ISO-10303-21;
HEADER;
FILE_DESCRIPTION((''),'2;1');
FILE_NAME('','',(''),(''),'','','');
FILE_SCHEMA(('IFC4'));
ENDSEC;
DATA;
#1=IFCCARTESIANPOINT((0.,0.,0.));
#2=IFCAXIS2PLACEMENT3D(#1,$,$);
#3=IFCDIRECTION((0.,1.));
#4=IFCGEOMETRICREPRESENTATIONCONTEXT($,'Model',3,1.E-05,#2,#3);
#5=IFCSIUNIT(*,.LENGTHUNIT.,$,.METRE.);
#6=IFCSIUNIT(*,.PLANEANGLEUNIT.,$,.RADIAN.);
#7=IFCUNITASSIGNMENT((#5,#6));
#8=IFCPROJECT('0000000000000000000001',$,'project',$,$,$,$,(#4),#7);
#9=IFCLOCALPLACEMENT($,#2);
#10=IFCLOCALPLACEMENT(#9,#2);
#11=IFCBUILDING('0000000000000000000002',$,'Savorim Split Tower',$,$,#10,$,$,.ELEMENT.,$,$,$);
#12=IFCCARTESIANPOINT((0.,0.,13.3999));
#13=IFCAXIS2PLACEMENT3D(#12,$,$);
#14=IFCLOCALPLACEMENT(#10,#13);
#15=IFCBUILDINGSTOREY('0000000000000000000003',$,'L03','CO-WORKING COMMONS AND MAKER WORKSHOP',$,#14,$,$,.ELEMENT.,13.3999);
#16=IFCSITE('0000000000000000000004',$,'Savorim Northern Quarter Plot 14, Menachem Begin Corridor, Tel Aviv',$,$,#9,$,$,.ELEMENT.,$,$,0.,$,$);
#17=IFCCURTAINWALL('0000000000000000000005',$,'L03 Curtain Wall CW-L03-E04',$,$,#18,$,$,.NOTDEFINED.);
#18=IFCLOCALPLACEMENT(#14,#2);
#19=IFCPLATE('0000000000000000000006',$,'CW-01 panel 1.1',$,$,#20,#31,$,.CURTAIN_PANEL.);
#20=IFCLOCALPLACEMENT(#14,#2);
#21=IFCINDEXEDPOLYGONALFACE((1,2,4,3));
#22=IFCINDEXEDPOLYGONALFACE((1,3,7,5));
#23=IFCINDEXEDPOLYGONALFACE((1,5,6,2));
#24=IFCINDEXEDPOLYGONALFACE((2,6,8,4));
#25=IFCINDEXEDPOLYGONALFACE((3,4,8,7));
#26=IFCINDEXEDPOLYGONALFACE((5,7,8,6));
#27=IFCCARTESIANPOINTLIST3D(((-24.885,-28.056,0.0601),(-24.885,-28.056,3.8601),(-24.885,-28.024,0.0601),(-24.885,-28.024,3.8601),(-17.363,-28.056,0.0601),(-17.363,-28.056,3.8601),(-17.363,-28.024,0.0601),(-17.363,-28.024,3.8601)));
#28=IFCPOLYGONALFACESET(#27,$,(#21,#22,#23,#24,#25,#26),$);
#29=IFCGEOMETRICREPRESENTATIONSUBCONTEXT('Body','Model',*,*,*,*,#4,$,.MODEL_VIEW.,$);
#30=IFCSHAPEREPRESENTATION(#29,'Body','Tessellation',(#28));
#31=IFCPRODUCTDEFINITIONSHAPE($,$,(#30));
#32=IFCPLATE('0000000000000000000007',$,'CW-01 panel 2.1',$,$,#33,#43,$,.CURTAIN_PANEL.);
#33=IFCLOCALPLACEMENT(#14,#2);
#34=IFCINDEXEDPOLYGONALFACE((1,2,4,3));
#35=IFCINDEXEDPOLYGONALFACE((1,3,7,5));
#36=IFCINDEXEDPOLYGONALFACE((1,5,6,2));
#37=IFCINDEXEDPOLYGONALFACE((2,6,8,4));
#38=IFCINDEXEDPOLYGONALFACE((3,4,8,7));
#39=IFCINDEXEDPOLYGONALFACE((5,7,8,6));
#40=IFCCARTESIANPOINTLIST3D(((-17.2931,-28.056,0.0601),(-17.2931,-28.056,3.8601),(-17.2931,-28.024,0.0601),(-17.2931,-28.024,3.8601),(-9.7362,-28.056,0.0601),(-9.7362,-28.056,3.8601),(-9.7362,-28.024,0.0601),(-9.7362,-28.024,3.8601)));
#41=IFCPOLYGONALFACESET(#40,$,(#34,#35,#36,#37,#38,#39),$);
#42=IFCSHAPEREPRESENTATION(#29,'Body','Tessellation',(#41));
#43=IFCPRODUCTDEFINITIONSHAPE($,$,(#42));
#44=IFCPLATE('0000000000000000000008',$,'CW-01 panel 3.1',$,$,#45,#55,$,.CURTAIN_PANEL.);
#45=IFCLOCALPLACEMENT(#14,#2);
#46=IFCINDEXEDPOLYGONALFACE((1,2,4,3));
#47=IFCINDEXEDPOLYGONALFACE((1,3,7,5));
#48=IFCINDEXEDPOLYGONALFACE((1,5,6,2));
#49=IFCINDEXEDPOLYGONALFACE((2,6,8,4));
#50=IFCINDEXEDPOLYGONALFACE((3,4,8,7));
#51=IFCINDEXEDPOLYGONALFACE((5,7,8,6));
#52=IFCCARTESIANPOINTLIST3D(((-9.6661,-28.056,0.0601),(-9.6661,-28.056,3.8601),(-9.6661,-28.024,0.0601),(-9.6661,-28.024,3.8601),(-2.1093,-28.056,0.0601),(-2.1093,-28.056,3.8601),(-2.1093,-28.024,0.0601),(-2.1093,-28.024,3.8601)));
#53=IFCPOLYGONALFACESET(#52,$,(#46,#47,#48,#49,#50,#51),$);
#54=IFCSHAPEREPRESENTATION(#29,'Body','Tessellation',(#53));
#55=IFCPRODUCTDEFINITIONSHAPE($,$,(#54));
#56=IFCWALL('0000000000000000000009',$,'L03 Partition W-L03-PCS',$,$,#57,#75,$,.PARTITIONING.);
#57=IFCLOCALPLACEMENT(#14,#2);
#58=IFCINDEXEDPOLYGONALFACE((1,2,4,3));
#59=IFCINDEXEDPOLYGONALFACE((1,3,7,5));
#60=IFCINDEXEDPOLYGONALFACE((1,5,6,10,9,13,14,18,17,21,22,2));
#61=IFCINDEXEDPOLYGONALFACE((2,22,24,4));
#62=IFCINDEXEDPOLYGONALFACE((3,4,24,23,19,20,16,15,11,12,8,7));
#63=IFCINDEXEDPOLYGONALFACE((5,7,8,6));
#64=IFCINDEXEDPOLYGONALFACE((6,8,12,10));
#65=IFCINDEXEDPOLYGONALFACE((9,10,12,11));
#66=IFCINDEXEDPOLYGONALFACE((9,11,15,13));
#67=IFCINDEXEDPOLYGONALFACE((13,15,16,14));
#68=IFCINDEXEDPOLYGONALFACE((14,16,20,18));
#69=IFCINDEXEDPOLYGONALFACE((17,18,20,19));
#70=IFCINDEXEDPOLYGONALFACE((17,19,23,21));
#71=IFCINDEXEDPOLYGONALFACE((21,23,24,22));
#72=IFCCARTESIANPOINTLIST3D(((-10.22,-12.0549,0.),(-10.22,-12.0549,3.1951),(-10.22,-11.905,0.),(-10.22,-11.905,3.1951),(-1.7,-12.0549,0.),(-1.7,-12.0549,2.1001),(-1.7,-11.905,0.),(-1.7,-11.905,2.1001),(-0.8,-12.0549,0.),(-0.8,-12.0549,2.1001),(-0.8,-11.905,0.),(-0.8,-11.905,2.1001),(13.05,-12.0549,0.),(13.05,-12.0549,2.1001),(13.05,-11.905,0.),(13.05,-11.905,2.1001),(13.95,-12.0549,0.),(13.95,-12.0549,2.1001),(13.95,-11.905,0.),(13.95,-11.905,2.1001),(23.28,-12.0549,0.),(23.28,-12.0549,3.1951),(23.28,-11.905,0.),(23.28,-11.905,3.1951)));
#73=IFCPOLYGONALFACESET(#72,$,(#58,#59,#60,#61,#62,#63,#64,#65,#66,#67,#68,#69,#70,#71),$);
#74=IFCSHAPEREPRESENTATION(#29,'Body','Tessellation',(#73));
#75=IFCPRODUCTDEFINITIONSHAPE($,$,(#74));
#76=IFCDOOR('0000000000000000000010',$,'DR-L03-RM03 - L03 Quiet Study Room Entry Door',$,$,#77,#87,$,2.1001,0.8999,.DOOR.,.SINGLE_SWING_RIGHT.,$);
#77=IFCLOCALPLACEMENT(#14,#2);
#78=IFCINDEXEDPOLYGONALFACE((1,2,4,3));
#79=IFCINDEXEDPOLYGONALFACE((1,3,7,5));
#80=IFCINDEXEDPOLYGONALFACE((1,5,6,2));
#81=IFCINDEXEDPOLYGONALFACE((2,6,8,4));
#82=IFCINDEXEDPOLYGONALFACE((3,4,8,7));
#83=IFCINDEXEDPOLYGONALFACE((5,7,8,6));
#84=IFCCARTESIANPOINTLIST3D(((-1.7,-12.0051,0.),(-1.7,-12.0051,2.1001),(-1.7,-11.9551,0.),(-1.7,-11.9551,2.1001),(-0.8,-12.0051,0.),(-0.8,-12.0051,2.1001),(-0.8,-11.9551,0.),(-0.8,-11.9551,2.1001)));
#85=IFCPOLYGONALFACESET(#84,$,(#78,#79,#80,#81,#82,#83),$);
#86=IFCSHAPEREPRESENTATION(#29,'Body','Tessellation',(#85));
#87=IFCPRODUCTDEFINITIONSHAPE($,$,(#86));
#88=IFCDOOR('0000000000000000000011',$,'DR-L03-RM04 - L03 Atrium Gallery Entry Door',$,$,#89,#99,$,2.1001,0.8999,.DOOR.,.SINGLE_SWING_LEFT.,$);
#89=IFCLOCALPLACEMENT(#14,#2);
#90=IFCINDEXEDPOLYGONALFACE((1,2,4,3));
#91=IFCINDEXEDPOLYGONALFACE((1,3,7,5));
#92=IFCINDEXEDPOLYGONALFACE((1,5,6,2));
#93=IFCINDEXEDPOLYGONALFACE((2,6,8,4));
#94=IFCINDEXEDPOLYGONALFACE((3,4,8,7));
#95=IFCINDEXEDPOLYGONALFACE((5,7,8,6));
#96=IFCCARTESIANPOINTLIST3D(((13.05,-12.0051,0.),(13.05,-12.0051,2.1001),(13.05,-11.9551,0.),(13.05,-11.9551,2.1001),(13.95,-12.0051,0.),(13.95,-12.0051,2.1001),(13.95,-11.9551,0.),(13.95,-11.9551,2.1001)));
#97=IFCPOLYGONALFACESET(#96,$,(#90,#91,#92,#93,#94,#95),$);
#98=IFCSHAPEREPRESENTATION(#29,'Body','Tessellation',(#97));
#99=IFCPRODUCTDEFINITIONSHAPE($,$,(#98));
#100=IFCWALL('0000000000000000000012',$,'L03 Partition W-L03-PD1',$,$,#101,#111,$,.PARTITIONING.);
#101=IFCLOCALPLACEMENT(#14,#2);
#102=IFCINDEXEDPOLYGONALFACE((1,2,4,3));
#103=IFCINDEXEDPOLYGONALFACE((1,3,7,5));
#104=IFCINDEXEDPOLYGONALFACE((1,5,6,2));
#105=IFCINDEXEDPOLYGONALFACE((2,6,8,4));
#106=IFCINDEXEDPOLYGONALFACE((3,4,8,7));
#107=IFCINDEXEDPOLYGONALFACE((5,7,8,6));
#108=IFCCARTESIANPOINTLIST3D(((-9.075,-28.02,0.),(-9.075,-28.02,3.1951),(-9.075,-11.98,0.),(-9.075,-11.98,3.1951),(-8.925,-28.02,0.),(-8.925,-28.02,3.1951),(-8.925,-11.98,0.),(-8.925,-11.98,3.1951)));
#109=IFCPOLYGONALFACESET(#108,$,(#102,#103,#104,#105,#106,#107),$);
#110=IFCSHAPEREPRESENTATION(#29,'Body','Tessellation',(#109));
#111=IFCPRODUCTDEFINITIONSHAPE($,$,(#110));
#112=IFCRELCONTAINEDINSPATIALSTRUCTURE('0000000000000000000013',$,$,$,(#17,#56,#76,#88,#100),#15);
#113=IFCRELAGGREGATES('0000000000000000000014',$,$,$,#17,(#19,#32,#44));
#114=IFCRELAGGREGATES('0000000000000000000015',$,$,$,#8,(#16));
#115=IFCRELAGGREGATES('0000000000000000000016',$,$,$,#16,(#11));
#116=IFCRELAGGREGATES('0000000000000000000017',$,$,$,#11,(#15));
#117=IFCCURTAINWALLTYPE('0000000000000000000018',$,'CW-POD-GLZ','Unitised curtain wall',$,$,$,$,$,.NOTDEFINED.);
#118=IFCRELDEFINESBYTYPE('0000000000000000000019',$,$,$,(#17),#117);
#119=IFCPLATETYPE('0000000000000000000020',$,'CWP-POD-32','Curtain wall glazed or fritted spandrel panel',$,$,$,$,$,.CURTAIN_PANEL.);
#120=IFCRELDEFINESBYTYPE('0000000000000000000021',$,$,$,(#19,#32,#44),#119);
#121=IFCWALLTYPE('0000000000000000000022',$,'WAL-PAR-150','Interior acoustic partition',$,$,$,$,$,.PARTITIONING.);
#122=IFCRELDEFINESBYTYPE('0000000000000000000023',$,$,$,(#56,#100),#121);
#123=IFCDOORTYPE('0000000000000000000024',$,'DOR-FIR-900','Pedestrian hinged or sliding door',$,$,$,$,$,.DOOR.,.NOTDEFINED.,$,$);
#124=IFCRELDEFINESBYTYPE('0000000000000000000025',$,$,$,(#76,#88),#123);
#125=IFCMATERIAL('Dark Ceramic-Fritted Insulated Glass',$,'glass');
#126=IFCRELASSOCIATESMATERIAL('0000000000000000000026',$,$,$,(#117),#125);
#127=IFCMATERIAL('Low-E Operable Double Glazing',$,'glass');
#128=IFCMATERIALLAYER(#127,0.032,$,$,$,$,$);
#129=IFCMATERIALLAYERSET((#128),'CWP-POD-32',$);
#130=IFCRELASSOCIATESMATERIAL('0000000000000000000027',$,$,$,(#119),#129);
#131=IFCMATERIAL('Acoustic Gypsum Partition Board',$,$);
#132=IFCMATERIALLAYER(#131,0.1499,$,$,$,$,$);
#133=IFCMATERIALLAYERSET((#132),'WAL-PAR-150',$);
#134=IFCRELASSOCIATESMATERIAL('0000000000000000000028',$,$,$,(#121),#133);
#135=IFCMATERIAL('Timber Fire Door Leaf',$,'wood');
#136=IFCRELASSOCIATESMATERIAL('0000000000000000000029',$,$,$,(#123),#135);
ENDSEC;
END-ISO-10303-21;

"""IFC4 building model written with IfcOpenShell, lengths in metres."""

from ifc_helpers import new_model, si_unit, direction, frame, frame_2d, origin, origin_2d, place, context, subcontext, project, spatial, rectangle, extrude, material, layer, layer_set, type_object, element, fill, aggregate, save


model = new_model("IFC4")

# Units and contexts
model_context = context("Model", 3, precision=1e-05, world=origin(), true_north=direction((0.0, 1.0)))
body_context = subcontext(model_context, "Body", "Model", "MODEL_VIEW")
ifc_project = project(units=[si_unit("LENGTHUNIT", "METRE"), si_unit("PLANEANGLEUNIT", "RADIAN")], contexts=[model_context])

# Site, building, storey
site_placement = place(None, origin())
site = spatial("IfcSite", under=ifc_project, at=site_placement, Name="Savorim Northern Quarter Plot 14, Menachem Begin Corridor, Tel Aviv", CompositionType="ELEMENT", RefElevation=0.0)
building_placement = place(site_placement, origin())
building = spatial("IfcBuilding", under=site, at=building_placement, Name="Savorim Split Tower", CompositionType="ELEMENT")
storey_placement = place(building_placement, frame((0.0, 0.0, 13.3999)))
storey = spatial("IfcBuildingStorey", under=building, at=storey_placement, Name="L03", Description="CO-WORKING COMMONS AND MAKER WORKSHOP", CompositionType="ELEMENT", Elevation=13.3999)

# Curtain wall, plates
ifc_material_1 = material(Name="Dark Ceramic-Fritted Insulated Glass", Category="glass")
curtain_wall_type = type_object("IfcCurtainWallType", Name="CW-POD-GLZ", Description="Unitised curtain wall", PredefinedType="NOTDEFINED", material=ifc_material_1)
curtain_wall_placement = place(storey_placement, origin())
curtain_wall = element("IfcCurtainWall", 1, at=curtain_wall_placement, inside=storey, type_object=curtain_wall_type, Name="L03 Curtain Wall CW-L03-E04", PredefinedType="NOTDEFINED")
ifc_material_2 = material(Name="Low-E Operable Double Glazing", Category="glass")
ifc_layer_1 = layer(ifc_material_2, 0.032)
ifc_layer_set_1 = layer_set([ifc_layer_1], Name="CWP-POD-32")
plate_type = type_object("IfcPlateType", Name="CWP-POD-32", Description="Curtain wall glazed or fritted spandrel panel", PredefinedType="CURTAIN_PANEL", material=ifc_layer_set_1)
plate_1_placement = place(storey_placement, frame((-21.124, -28.04, 0.0601), z_axis=(0.0, 0.0, 1.0), x_axis=(1.0, 0.0, 0.0)))
plate_1 = element("IfcPlate", 2, at=plate_1_placement, type_object=plate_type, Name="CW-01 panel 1.1", PredefinedType="CURTAIN_PANEL", context=body_context, shape_type="SweptSolid", body=[
    extrude(rectangle(XDim=7.522, YDim=0.032, at=origin_2d()), origin(), (0.0, 0.0, 1.0), 3.8),
])
plate_2_placement = place(storey_placement, frame((-13.5146, -28.04, 0.0601), z_axis=(0.0, 0.0, 1.0), x_axis=(1.0, 0.0, 0.0)))
plate_2 = element("IfcPlate", 3, at=plate_2_placement, type_object=plate_type, Name="CW-01 panel 2.1", PredefinedType="CURTAIN_PANEL", context=body_context, shape_type="SweptSolid", body=[
    extrude(rectangle(XDim=7.5569, YDim=0.032, at=origin_2d()), origin(), (0.0, 0.0, 1.0), 3.8),
])
plate_3_placement = place(storey_placement, frame((-5.8877, -28.04, 0.0601), z_axis=(0.0, 0.0, 1.0), x_axis=(1.0, 0.0, 0.0)))
plate_3 = element("IfcPlate", 4, at=plate_3_placement, type_object=plate_type, Name="CW-01 panel 3.1", PredefinedType="CURTAIN_PANEL", context=body_context, shape_type="SweptSolid", body=[
    extrude(rectangle(XDim=7.5569, YDim=0.032, at=origin_2d()), origin(), (0.0, 0.0, 1.0), 3.8),
])
aggregate(curtain_wall, [plate_1, plate_2, plate_3])

# Wall, openings, doors
ifc_material_3 = material(Name="Acoustic Gypsum Partition Board")
ifc_layer_2 = layer(ifc_material_3, 0.1499)
ifc_layer_set_2 = layer_set([ifc_layer_2], Name="WAL-PAR-150")
wall_type = type_object("IfcWallType", Name="WAL-PAR-150", Description="Interior acoustic partition", PredefinedType="PARTITIONING", material=ifc_layer_set_2)
wall_1_placement = place(storey_placement, frame((-10.22, -11.98, 0.0), z_axis=(0.0, 0.0, 1.0), x_axis=(1.0, 0.0, 0.0)))
wall_1 = element("IfcWall", 5, at=wall_1_placement, inside=storey, type_object=wall_type, Name="L03 Partition W-L03-PCS", PredefinedType="PARTITIONING", context=body_context, shape_type="SweptSolid", body=[
    extrude(rectangle(XDim=33.5, YDim=0.1499, at=frame_2d((16.75, 0.0))), origin(), (0.0, 0.0, 1.0), 3.1951),
])
opening_1_placement = place(wall_1_placement, frame((8.52, 0.0, 0.0)))
opening_1 = element("IfcOpeningElement", 6, at=opening_1_placement, cuts=wall_1, PredefinedType="OPENING", context=body_context, shape_type="SweptSolid", body=[
    extrude(rectangle(XDim=0.8999, YDim=2.1001, at=frame_2d((0.45, 1.05))), frame((0.0, 0.085, 0.0), z_axis=(0.0, -1.0, 0.0), x_axis=(1.0, 0.0, 0.0)), (0.0, 0.0, 1.0), 0.1699),
])
opening_2_placement = place(wall_1_placement, frame((23.27, 0.0, 0.0)))
opening_2 = element("IfcOpeningElement", 7, at=opening_2_placement, cuts=wall_1, PredefinedType="OPENING", context=body_context, shape_type="SweptSolid", body=[
    extrude(rectangle(XDim=0.8999, YDim=2.1001, at=frame_2d((0.45, 1.05))), frame((0.0, 0.085, 0.0), z_axis=(0.0, -1.0, 0.0), x_axis=(1.0, 0.0, 0.0)), (0.0, 0.0, 1.0), 0.1699),
])
ifc_material_4 = material(Name="Timber Fire Door Leaf", Category="wood")
door_type = type_object("IfcDoorType", Name="DOR-FIR-900", Description="Pedestrian hinged or sliding door", OperationType="NOTDEFINED", PredefinedType="DOOR", material=ifc_material_4)
door_1_placement = place(opening_1_placement, origin())
door_1 = element("IfcDoor", 8, at=door_1_placement, inside=storey, type_object=door_type, Name="DR-L03-RM03 - L03 Quiet Study Room Entry Door", OperationType="SINGLE_SWING_RIGHT", OverallHeight=2.1001, OverallWidth=0.8999, PredefinedType="DOOR", context=body_context, shape_type="SweptSolid", body=[
    extrude(rectangle(XDim=0.8999, YDim=2.1001, at=frame_2d((0.45, 1.05))), frame((0.0, 0.0249, 0.0), z_axis=(0.0, -1.0, 0.0), x_axis=(1.0, 0.0, 0.0)), (0.0, 0.0, 1.0), 0.05),
])
fill(opening_1, door_1)
door_2_placement = place(opening_2_placement, origin())
door_2 = element("IfcDoor", 9, at=door_2_placement, inside=storey, type_object=door_type, Name="DR-L03-RM04 - L03 Atrium Gallery Entry Door", OperationType="SINGLE_SWING_LEFT", OverallHeight=2.1001, OverallWidth=0.8999, PredefinedType="DOOR", context=body_context, shape_type="SweptSolid", body=[
    extrude(rectangle(XDim=0.8999, YDim=2.1001, at=frame_2d((0.45, 1.05))), frame((0.0, 0.0249, 0.0), z_axis=(0.0, -1.0, 0.0), x_axis=(1.0, 0.0, 0.0)), (0.0, 0.0, 1.0), 0.05),
])
fill(opening_2, door_2)

# Wall
wall_2_placement = place(storey_placement, frame((-9.0, -28.02, 0.0), z_axis=(0.0, 0.0, 1.0), x_axis=(0.0, 1.0, 0.0)))
element("IfcWall", 10, at=wall_2_placement, inside=storey, type_object=wall_type, Name="L03 Partition W-L03-PD1", PredefinedType="PARTITIONING", context=body_context, shape_type="SweptSolid", body=[
    extrude(rectangle(XDim=16.04, YDim=0.1499, at=frame_2d((8.02, 0.0))), origin(), (0.0, 0.0, 1.0), 3.1951),
])

save(model, "model.ifc")
